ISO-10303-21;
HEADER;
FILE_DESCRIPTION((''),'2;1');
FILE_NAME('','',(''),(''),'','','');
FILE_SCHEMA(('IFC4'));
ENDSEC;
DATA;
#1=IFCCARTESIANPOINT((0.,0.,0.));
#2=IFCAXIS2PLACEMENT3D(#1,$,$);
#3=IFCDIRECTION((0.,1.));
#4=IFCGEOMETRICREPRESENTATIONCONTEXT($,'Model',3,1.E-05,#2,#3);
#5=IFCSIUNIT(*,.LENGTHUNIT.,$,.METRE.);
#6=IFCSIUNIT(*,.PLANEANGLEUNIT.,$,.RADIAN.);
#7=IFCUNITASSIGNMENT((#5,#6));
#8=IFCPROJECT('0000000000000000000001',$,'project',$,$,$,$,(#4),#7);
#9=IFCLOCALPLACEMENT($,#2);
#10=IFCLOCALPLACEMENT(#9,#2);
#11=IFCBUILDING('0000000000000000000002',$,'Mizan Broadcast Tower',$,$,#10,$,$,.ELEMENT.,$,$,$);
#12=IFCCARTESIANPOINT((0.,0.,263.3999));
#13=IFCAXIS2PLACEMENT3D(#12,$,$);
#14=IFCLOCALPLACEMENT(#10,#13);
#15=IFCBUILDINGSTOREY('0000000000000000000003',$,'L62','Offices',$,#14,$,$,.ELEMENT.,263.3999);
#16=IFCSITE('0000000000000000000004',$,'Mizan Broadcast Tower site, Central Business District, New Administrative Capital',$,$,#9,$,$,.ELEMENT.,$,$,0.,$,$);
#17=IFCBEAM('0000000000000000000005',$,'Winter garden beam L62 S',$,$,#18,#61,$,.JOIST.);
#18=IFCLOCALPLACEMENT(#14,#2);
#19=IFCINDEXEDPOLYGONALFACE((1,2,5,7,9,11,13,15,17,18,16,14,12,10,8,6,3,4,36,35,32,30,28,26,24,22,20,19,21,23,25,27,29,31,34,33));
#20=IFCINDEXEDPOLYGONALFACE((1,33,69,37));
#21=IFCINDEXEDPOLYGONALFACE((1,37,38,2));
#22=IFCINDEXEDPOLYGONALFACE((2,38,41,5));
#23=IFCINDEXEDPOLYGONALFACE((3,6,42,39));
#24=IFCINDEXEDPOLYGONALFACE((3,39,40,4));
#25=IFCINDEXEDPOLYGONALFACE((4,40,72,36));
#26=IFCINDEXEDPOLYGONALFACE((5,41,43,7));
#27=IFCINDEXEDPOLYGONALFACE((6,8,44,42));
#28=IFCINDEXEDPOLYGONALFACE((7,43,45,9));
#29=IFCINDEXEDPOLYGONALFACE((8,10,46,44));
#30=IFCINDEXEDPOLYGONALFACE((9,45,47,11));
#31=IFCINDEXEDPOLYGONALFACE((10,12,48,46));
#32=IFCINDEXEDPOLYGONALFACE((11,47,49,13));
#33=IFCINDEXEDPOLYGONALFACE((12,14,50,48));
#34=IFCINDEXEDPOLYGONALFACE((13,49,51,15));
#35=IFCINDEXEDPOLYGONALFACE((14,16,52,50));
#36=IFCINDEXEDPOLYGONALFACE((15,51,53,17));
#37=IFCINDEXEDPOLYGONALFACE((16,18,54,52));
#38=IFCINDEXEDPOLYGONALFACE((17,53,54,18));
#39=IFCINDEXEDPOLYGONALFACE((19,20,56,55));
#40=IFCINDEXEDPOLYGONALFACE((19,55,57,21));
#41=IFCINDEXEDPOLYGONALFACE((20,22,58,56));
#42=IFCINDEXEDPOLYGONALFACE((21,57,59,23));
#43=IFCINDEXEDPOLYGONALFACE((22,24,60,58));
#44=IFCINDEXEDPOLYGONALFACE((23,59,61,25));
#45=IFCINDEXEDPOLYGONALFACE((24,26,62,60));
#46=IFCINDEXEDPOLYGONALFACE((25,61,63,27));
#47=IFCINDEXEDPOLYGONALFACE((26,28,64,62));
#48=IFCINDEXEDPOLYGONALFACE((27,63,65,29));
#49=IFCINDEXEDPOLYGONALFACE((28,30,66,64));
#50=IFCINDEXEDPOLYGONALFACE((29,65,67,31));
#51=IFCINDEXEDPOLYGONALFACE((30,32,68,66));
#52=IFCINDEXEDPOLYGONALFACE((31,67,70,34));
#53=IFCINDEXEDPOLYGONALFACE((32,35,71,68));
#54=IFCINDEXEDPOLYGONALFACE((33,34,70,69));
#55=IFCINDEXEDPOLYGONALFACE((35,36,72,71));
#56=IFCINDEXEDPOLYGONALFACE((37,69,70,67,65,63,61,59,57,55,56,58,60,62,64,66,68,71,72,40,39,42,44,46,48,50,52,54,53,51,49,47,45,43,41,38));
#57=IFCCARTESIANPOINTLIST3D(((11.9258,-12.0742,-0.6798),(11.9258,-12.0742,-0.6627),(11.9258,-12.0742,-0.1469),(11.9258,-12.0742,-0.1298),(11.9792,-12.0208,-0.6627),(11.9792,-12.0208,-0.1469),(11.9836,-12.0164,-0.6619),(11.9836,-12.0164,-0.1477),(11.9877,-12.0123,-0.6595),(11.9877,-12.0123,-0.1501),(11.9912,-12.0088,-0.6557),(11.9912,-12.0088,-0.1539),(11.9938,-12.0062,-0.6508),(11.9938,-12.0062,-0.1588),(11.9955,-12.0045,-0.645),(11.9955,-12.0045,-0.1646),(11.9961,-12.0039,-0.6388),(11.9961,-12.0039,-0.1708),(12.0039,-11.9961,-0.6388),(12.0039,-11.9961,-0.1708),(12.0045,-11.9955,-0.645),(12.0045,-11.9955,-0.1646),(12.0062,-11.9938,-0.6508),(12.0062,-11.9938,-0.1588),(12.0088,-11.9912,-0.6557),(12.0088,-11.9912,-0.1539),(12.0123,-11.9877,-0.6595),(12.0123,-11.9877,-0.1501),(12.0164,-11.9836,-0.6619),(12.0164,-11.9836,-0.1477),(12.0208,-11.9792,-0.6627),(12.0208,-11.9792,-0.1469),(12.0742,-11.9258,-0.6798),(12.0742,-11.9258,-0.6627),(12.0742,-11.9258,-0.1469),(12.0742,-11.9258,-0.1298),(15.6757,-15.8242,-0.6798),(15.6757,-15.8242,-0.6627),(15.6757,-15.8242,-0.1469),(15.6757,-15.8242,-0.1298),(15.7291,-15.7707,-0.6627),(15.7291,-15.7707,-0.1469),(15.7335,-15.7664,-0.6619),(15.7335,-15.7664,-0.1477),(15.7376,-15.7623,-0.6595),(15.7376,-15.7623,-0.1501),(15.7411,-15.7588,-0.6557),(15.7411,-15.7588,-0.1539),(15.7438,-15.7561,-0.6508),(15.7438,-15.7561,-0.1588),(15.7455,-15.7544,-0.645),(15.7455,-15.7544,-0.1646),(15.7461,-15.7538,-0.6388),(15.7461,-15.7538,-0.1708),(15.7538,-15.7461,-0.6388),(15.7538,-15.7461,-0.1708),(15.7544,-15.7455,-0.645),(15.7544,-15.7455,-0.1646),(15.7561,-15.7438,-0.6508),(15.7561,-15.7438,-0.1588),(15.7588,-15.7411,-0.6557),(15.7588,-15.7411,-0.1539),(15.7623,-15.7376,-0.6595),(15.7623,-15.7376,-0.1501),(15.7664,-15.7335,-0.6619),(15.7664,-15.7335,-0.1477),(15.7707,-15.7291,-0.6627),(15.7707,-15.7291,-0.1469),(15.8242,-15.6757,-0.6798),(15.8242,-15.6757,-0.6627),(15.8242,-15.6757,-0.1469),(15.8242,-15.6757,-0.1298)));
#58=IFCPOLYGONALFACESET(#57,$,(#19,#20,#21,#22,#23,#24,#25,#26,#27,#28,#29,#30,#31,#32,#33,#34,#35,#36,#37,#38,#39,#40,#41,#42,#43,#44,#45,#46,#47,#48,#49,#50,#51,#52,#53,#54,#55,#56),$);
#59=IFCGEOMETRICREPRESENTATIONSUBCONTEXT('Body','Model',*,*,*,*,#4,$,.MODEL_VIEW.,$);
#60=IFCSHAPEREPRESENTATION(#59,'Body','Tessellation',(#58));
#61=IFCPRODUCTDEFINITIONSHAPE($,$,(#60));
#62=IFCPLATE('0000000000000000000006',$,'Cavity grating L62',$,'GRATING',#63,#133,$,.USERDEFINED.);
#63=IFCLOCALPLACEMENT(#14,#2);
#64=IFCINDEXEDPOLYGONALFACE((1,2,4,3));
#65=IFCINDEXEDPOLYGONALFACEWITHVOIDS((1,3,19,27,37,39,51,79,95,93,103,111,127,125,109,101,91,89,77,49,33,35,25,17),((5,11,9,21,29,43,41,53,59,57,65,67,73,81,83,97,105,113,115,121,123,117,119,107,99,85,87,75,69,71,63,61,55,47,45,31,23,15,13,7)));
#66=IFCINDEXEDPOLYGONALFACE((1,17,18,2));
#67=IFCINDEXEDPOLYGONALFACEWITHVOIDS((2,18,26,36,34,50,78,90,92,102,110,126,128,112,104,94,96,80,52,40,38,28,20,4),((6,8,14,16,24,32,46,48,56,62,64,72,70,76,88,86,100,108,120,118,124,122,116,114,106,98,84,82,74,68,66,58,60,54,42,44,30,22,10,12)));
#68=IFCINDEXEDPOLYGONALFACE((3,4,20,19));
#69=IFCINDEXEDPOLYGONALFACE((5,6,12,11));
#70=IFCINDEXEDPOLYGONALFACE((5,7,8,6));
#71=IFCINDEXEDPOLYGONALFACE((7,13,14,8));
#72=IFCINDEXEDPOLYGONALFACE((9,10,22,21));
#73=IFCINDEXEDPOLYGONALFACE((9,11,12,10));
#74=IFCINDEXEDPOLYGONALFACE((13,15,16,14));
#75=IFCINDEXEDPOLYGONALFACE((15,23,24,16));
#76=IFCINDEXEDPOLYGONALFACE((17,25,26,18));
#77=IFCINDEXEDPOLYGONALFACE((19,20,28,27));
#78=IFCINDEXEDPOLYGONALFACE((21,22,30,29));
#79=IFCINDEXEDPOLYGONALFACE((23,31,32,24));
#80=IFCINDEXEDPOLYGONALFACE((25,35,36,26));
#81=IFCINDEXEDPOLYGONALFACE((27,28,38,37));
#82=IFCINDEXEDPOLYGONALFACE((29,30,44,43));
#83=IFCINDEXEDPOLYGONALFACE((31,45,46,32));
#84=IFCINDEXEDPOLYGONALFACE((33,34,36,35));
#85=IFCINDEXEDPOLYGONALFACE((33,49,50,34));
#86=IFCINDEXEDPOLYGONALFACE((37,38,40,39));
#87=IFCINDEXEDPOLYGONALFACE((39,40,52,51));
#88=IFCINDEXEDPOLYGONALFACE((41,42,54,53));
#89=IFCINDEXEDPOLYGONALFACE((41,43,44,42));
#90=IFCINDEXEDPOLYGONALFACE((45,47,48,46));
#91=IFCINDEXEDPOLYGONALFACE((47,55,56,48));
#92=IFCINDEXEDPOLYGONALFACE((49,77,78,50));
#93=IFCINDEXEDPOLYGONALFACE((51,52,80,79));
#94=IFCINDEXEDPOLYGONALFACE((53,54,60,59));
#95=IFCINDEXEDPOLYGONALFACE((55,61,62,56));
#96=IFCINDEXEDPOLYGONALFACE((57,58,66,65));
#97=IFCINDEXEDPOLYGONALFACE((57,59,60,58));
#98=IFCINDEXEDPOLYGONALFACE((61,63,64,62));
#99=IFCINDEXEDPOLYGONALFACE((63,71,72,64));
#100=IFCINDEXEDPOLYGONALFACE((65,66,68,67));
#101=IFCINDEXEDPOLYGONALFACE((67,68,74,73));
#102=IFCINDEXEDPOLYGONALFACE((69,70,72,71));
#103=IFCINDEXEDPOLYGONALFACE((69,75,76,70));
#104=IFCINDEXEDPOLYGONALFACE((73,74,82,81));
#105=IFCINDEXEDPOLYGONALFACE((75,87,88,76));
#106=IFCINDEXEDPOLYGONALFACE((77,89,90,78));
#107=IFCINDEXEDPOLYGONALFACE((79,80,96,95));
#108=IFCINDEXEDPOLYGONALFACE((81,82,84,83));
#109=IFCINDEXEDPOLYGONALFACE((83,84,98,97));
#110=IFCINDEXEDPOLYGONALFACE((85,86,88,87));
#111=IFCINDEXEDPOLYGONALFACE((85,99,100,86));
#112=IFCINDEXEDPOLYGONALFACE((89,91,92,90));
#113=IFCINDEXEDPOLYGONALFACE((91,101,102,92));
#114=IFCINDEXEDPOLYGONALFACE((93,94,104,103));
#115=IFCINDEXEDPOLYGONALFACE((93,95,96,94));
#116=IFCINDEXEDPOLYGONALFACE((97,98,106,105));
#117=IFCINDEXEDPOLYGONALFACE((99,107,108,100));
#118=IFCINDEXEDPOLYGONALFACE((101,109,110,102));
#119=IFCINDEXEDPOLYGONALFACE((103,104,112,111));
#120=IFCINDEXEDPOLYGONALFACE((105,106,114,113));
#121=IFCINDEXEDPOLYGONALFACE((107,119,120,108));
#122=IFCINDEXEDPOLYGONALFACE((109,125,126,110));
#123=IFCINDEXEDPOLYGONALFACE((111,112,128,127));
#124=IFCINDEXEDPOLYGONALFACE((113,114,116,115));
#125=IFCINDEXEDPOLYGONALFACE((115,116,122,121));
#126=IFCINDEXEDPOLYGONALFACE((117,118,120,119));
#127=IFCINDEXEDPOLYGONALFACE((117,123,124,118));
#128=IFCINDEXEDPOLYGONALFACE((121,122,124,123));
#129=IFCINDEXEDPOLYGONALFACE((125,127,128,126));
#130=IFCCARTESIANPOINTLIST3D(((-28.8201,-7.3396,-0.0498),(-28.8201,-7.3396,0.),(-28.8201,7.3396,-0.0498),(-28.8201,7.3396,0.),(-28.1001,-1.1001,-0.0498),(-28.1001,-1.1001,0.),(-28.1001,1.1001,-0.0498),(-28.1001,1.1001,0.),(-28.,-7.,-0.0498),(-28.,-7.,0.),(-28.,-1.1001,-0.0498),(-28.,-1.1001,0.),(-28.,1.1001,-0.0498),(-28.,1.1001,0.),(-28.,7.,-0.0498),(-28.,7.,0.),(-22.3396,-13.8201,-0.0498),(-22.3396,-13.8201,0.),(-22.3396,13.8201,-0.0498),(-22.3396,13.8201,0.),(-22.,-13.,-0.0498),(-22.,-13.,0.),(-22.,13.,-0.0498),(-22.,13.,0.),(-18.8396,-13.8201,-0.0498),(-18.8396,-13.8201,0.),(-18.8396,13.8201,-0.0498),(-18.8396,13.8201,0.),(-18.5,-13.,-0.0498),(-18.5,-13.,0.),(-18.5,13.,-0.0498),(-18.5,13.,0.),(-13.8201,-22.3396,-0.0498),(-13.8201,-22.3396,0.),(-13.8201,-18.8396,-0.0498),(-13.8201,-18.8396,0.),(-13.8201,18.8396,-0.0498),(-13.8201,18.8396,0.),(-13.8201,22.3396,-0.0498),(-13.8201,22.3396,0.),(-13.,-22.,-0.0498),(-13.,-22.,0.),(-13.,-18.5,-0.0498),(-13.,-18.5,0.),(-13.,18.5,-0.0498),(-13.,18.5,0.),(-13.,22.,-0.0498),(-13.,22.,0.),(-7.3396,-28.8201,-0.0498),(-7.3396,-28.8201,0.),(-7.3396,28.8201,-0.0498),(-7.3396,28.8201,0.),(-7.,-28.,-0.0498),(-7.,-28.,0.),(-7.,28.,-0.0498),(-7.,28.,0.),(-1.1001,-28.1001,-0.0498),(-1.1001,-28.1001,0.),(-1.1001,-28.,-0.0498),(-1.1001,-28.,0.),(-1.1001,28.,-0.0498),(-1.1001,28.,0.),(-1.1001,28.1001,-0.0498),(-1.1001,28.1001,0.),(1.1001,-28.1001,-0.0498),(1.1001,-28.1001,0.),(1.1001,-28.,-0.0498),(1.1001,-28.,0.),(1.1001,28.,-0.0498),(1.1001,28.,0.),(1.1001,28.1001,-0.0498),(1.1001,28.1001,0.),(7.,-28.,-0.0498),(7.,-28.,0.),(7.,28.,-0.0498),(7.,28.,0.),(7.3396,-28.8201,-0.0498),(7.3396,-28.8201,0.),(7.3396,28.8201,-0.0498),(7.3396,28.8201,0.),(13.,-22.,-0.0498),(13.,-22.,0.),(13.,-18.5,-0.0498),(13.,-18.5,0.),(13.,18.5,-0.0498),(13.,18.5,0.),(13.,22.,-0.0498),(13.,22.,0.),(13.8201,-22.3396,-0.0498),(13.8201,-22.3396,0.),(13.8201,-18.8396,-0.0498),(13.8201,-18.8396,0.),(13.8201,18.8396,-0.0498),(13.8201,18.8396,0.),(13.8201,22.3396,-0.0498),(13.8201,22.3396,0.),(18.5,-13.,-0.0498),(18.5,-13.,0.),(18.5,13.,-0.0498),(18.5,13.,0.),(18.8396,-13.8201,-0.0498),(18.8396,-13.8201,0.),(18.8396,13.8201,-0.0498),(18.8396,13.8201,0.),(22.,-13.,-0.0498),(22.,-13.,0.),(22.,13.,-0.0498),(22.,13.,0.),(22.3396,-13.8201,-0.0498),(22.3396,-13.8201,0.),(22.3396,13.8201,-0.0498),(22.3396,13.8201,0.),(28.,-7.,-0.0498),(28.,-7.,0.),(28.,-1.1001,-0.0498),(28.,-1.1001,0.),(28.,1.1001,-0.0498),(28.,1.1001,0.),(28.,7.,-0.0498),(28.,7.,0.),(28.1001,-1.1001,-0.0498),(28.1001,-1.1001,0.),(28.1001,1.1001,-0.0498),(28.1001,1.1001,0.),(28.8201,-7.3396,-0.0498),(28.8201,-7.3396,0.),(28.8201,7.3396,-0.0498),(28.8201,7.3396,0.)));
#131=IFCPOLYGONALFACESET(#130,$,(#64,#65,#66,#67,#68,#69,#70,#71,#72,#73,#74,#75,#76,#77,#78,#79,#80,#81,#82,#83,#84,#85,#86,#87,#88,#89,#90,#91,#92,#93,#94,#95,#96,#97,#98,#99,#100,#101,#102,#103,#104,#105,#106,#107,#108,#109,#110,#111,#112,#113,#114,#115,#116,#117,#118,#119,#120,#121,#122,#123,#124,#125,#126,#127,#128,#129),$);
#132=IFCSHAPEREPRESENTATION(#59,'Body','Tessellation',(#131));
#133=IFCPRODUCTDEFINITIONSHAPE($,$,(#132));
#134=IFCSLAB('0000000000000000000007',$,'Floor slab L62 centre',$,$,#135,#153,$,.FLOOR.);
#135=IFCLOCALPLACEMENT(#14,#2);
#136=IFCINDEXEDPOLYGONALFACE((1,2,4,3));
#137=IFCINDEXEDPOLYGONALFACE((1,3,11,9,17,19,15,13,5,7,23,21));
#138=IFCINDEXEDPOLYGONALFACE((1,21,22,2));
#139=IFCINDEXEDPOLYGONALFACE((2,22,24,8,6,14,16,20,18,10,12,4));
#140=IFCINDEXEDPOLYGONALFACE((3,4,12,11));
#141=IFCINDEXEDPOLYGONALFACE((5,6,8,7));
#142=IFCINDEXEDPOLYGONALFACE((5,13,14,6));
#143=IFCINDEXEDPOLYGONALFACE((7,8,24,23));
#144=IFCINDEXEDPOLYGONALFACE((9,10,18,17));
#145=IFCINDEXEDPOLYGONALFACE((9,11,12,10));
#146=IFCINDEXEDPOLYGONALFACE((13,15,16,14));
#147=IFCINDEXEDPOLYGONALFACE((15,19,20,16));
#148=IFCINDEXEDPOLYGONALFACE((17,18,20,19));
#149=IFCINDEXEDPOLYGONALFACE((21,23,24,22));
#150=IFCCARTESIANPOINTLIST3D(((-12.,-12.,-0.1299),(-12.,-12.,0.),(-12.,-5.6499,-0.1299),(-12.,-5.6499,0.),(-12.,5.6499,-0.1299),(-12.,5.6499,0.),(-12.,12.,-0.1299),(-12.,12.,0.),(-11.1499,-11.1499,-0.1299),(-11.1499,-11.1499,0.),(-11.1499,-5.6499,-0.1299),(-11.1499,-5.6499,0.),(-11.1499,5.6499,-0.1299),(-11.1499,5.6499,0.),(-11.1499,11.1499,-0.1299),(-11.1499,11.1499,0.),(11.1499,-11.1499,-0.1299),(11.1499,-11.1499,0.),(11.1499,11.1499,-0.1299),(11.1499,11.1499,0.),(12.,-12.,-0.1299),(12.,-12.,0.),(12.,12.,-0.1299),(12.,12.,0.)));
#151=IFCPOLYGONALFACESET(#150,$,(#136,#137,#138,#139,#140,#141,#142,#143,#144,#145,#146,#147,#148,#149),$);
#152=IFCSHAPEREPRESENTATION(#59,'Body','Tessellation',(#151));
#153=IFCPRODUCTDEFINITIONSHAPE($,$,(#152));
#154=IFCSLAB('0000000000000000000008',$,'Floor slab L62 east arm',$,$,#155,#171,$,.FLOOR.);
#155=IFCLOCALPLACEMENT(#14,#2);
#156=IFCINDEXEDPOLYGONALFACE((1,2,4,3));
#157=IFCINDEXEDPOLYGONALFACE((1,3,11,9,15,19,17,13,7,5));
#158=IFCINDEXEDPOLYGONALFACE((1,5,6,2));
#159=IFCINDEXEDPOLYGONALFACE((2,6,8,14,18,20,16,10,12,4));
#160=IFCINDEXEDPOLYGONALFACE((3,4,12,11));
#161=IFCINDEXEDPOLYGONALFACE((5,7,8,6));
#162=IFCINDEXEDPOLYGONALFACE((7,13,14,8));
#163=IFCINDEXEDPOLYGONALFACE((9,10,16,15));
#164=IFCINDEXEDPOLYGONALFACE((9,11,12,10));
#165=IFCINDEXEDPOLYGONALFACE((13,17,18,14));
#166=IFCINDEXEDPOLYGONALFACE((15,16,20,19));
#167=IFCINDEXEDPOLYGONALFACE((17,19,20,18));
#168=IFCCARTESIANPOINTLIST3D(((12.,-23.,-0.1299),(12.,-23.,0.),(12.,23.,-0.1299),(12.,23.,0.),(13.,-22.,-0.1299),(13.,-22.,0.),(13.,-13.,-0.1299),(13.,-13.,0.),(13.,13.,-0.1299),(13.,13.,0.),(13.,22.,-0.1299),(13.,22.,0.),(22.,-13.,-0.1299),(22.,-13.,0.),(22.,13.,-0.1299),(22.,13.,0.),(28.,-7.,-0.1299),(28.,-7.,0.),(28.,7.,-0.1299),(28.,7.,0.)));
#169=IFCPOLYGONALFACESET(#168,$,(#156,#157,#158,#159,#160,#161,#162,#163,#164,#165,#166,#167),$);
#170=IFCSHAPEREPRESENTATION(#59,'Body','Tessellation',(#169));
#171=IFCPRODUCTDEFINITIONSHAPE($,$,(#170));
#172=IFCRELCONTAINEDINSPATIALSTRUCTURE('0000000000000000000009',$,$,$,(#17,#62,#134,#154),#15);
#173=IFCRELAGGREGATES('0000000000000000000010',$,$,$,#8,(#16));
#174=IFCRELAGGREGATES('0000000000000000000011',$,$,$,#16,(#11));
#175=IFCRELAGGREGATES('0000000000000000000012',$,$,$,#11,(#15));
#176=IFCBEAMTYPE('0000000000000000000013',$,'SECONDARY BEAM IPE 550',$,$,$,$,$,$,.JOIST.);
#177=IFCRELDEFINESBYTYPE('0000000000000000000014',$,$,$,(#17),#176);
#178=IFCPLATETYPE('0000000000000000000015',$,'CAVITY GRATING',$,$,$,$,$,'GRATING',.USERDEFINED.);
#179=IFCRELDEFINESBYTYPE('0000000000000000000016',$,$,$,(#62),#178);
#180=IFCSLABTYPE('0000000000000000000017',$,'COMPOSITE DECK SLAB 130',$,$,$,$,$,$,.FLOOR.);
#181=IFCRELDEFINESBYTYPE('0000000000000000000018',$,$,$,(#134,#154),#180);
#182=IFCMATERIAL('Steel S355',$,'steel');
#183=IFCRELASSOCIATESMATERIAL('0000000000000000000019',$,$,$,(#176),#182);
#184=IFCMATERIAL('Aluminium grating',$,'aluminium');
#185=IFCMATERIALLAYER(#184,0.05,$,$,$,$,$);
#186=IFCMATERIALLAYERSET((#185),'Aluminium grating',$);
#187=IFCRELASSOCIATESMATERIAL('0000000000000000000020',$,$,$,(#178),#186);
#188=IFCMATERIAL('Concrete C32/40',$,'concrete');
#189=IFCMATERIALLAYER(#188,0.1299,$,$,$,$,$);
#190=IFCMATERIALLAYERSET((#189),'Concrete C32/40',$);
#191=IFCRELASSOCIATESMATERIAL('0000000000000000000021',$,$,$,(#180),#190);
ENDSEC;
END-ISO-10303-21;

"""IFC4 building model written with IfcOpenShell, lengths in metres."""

from ifc_helpers import new_model, si_unit, direction, frame, origin, origin_2d, place, context, subcontext, project, spatial, polyline, i_section, outline, extrude, material, layer, layer_set, material_profile, profile_set, type_object, element, save


model = new_model("IFC4")

# Units and contexts
model_context = context("Model", 3, precision=1e-05, world=origin(), true_north=direction((0.0, 1.0)))
body_context = subcontext(model_context, "Body", "Model", "MODEL_VIEW")
ifc_project = project(units=[si_unit("LENGTHUNIT", "METRE"), si_unit("PLANEANGLEUNIT", "RADIAN")], contexts=[model_context])

# Site, building, storey
site_placement = place(None, origin())
site = spatial("IfcSite", under=ifc_project, at=site_placement, Name="Mizan Broadcast Tower site, Central Business District, New Administrative Capital", CompositionType="ELEMENT", RefElevation=0.0)
building_placement = place(site_placement, origin())
building = spatial("IfcBuilding", under=site, at=building_placement, Name="Mizan Broadcast Tower", CompositionType="ELEMENT")
storey_placement = place(building_placement, frame((0.0, 0.0, 263.3999)))
storey = spatial("IfcBuildingStorey", under=building, at=storey_placement, Name="L62", Description="Offices", CompositionType="ELEMENT", Elevation=263.3999)

# Beam
ifc_material_1 = material(Name="Steel S355", Category="steel")
ifc_material_profile_1 = material_profile(ifc_material_1, i_section(OverallWidth=0.21, OverallDepth=0.55, WebThickness=0.011, FlangeThickness=0.0171, FilletRadius=0.0239, at=origin_2d()), Name="IPE 550")
ifc_profile_set_1 = profile_set([ifc_material_profile_1], Name="Steel S355")
beam_type_1 = type_object("IfcBeamType", Name="SECONDARY BEAM IPE 550", PredefinedType="JOIST", material=ifc_profile_set_1)
beam_1_placement = place(storey_placement, frame((12.0, -12.0, -0.4048), z_axis=(0.707107, -0.707107, 0.0), x_axis=(0.707107, 0.707107, 0.0)))
element("IfcBeam", 1, at=beam_1_placement, inside=storey, type_object=beam_type_1, Name="Winter garden beam L62 S", PredefinedType="JOIST", context=body_context, shape_type="SweptSolid", body=[
    extrude(i_section(OverallWidth=0.21, OverallDepth=0.55, WebThickness=0.011, FlangeThickness=0.0171, FilletRadius=0.0239, at=origin_2d()), origin(), (0.0, 0.0, 1.0), 5.3032),
])

# Plate
ifc_material_2 = material(Name="Aluminium grating", Category="aluminium")
ifc_layer_1 = layer(ifc_material_2, 0.05)
ifc_layer_set_1 = layer_set([ifc_layer_1], Name="Aluminium grating")
plate_type = type_object("IfcPlateType", Name="CAVITY GRATING", ElementType="GRATING", PredefinedType="USERDEFINED", material=ifc_layer_set_1)
plate_placement = place(storey_placement, frame((0.0, 0.0, -0.0498)))
element("IfcPlate", 2, at=plate_placement, inside=storey, type_object=plate_type, Name="Cavity grating L62", ObjectType="GRATING", PredefinedType="USERDEFINED", context=body_context, shape_type="SweptSolid", body=[
    extrude(outline(polyline([(13.8201, -18.8396), (18.8396, -13.8201), (22.3396, -13.8201), (28.8201, -7.3396), (28.8201, 7.3396), (22.3396, 13.8201), (18.8396, 13.8201), (13.8201, 18.8396), (13.8201, 22.3396), (7.3396, 28.8201), (-7.3396, 28.8201), (-13.8201, 22.3396), (-13.8201, 18.8396), (-18.8396, 13.8201), (-22.3396, 13.8201), (-28.8201, 7.3396), (-28.8201, -7.3396), (-22.3396, -13.8201), (-18.8396, -13.8201), (-13.8201, -18.8396), (-13.8201, -22.3396), (-7.3396, -28.8201), (7.3396, -28.8201), (13.8201, -22.3396), (13.8201, -18.8396)]), holes=[polyline([(28.0, -1.1001), (28.0, -7.0), (22.0, -13.0), (18.5, -13.0), (13.0, -18.5), (13.0, -22.0), (7.0, -28.0), (1.1001, -28.0), (1.1001, -28.1001), (-1.1001, -28.1001), (-1.1001, -28.0), (-7.0, -28.0), (-13.0, -22.0), (-13.0, -18.5), (-18.5, -13.0), (-22.0, -13.0), (-28.0, -7.0), (-28.0, -1.1001), (-28.1001, -1.1001), (-28.1001, 1.1001), (-28.0, 1.1001), (-28.0, 7.0), (-22.0, 13.0), (-18.5, 13.0), (-13.0, 18.5), (-13.0, 22.0), (-7.0, 28.0), (-1.1001, 28.0), (-1.1001, 28.1001), (1.1001, 28.1001), (1.1001, 28.0), (7.0, 28.0), (13.0, 22.0), (13.0, 18.5), (18.5, 13.0), (22.0, 13.0), (28.0, 7.0), (28.0, 1.1001), (28.1001, 1.1001), (28.1001, -1.1001), (28.0, -1.1001)])]), origin(), (0.0, 0.0, 1.0), 0.0498),
])

# Slabs
ifc_material_3 = material(Name="Concrete C32/40", Category="concrete")
ifc_layer_2 = layer(ifc_material_3, 0.1299)
ifc_layer_set_2 = layer_set([ifc_layer_2], Name="Concrete C32/40")
slab_type_1 = type_object("IfcSlabType", Name="COMPOSITE DECK SLAB 130", PredefinedType="FLOOR", material=ifc_layer_set_2)
slab_1_placement = place(storey_placement, frame((0.0, 0.0, -0.1299)))
element("IfcSlab", 3, at=slab_1_placement, inside=storey, type_object=slab_type_1, Name="Floor slab L62 centre", PredefinedType="FLOOR", context=body_context, shape_type="SweptSolid", body=[
    extrude(outline(polyline([(-11.1499, -5.6499), (-12.0, -5.6499), (-12.0, -12.0), (12.0, -12.0), (12.0, 12.0), (-12.0, 12.0), (-12.0, 5.6499), (-11.1499, 5.6499), (-11.1499, 11.1499), (11.1499, 11.1499), (11.1499, -11.1499), (-11.1499, -11.1499), (-11.1499, -5.6499)])), origin(), (0.0, 0.0, 1.0), 0.1299),
])
slab_2_placement = place(storey_placement, frame((0.0, 0.0, -0.1299)))
element("IfcSlab", 4, at=slab_2_placement, inside=storey, type_object=slab_type_1, Name="Floor slab L62 east arm", PredefinedType="FLOOR", context=body_context, shape_type="SweptSolid", body=[
    extrude(outline(polyline([(13.0, 22.0), (12.0, 23.0), (12.0, -23.0), (13.0, -22.0), (13.0, -13.0), (22.0, -13.0), (28.0, -7.0), (28.0, 7.0), (22.0, 13.0), (13.0, 13.0), (13.0, 22.0)])), origin(), (0.0, 0.0, 1.0), 0.1299),
])

save(model, "model.ifc")
